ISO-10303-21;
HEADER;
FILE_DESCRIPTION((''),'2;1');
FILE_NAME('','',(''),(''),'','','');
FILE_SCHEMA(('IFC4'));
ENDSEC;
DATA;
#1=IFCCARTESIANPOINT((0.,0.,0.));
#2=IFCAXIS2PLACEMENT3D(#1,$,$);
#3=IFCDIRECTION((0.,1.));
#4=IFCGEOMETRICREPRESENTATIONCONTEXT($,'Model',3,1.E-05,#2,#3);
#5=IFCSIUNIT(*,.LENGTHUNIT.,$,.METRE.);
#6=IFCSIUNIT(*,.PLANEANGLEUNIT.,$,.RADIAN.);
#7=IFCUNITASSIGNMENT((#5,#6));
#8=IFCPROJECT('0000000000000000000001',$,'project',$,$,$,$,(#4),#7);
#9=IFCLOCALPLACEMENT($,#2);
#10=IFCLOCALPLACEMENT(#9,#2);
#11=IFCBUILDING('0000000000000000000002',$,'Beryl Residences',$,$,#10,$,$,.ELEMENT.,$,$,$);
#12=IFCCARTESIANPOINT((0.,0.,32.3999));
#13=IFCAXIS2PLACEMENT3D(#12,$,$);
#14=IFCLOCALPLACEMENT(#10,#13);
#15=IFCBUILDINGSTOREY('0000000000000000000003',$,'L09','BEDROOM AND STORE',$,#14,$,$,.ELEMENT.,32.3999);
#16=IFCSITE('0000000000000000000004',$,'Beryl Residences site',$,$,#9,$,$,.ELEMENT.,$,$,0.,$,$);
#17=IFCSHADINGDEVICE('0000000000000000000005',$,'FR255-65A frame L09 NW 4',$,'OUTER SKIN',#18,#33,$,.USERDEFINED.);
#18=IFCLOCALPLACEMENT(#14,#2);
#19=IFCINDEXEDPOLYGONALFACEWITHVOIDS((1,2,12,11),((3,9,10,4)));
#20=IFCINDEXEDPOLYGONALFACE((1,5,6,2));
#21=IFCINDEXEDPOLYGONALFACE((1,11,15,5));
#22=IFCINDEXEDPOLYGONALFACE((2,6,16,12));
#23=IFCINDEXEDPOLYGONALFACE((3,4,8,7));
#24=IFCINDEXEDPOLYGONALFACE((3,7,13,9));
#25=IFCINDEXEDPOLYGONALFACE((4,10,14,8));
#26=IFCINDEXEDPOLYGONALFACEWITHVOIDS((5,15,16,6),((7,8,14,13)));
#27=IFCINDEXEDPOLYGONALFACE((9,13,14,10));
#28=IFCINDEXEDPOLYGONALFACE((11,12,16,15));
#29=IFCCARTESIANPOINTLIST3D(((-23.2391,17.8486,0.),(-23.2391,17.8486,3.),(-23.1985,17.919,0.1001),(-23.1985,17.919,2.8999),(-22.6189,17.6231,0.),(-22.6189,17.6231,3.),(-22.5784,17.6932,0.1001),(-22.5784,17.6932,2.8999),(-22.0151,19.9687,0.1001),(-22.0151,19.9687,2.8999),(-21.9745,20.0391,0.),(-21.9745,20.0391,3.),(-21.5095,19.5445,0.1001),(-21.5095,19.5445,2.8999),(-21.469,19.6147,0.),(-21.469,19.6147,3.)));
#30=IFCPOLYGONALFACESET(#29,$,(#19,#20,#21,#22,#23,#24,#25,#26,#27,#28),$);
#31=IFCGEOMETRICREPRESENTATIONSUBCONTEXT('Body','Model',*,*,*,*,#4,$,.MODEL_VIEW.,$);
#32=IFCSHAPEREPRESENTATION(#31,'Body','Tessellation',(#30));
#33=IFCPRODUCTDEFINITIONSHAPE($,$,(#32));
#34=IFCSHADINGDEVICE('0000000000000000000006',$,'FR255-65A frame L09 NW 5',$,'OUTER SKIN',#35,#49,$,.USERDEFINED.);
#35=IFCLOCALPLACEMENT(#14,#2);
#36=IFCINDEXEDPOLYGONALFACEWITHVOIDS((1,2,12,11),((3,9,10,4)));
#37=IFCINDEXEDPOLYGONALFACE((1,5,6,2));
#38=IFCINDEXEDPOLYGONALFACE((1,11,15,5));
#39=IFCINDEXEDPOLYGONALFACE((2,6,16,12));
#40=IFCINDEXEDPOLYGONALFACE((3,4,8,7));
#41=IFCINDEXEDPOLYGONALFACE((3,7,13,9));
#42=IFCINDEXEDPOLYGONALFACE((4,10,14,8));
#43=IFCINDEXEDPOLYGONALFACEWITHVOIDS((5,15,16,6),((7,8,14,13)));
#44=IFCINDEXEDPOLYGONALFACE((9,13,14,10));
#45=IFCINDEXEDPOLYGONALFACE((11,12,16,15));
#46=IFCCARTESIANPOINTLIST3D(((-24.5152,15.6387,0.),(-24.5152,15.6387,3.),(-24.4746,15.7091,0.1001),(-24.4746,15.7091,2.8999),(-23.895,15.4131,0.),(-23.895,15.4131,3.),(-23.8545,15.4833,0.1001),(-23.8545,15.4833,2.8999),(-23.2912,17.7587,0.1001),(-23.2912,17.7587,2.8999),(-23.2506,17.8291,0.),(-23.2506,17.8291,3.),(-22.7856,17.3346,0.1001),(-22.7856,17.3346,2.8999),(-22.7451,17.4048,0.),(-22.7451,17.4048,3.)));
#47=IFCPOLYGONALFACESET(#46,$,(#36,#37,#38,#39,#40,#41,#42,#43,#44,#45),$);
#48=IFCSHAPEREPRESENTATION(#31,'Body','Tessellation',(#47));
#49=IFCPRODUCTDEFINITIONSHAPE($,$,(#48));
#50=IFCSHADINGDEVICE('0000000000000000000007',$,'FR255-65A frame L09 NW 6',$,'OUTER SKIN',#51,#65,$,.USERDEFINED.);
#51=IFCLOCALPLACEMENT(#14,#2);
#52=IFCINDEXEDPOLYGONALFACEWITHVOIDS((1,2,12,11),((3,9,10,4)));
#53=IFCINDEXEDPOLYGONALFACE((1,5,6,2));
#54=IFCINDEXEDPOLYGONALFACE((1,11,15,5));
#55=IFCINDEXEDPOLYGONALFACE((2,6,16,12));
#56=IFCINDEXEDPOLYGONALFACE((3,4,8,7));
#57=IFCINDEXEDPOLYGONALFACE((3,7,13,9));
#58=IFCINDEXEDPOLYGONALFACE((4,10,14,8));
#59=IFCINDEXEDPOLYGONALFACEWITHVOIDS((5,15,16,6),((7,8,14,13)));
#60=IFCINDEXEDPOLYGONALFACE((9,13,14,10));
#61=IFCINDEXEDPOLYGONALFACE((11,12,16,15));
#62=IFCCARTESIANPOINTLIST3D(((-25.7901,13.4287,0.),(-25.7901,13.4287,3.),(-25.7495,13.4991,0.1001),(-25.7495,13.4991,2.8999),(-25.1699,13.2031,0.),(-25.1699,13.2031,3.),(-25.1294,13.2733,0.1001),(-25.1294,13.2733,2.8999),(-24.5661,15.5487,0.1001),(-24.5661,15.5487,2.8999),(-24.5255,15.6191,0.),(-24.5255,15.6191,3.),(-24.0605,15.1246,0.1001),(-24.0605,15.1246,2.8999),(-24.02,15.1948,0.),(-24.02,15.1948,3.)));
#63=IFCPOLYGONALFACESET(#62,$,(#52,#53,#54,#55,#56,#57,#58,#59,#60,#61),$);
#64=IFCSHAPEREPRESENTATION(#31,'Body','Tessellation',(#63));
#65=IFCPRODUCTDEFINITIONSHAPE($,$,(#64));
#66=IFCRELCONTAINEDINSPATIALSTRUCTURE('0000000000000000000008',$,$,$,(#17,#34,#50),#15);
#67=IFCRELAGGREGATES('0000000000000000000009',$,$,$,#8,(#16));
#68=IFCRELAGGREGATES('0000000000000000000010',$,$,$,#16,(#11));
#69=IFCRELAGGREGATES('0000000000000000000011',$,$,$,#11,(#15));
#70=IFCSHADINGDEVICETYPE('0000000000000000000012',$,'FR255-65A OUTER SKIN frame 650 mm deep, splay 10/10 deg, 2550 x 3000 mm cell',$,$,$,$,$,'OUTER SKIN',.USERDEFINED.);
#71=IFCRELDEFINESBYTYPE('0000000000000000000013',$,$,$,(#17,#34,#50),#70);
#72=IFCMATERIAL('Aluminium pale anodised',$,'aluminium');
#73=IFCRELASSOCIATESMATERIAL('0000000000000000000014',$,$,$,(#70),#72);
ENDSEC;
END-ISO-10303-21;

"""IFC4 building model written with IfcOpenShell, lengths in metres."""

from ifc_helpers import new_model, entity, si_unit, direction, frame, origin, place, context, subcontext, project, spatial, source, transform, mapped, material, type_object, type_shapes, element, save


model = new_model("IFC4")

# Units and contexts
model_context = context("Model", 3, precision=1e-05, world=origin(), true_north=direction((0.0, 1.0)))
body_context = subcontext(model_context, "Body", "Model", "MODEL_VIEW")
ifc_project = project(units=[si_unit("LENGTHUNIT", "METRE"), si_unit("PLANEANGLEUNIT", "RADIAN")], contexts=[model_context])

# Site, building, storey
site_placement = place(None, origin())
site = spatial("IfcSite", under=ifc_project, at=site_placement, Name="Beryl Residences site", CompositionType="ELEMENT", RefElevation=0.0)
building_placement = place(site_placement, origin())
building = spatial("IfcBuilding", under=site, at=building_placement, Name="Beryl Residences", CompositionType="ELEMENT")
storey_placement = place(building_placement, frame((0.0, 0.0, 32.3999)))
storey = spatial("IfcBuildingStorey", under=building, at=storey_placement, Name="L09", Description="BEDROOM AND STORE", CompositionType="ELEMENT", Elevation=32.3999)

# Shading devices
ifc_material_1 = material(Name="Aluminium pale anodised", Category="aluminium")
shading_device_type = type_object("IfcShadingDeviceType", Name="FR255-65A OUTER SKIN frame 650 mm deep, splay 10/10 deg, 2550 x 3000 mm cell", ElementType="OUTER SKIN", PredefinedType="USERDEFINED", material=ifc_material_1)
cartesian_point_1 = entity("IfcCartesianPoint", [-1.1499, 0.0])
cartesian_point_2 = entity("IfcCartesianPoint", [-1.0688, 0.1001])
cartesian_point_3 = entity("IfcCartesianPoint", [-1.2646, 0.0])
cartesian_point_4 = entity("IfcCartesianPoint", [-1.1833, 0.1001])
shared_shape = source(origin(), body_context, "Body", "SweptSolid", [
    entity("IfcExtrudedAreaSolidTapered", entity("IfcArbitraryProfileDefWithVoids", "AREA", None, entity("IfcPolyline", [cartesian_point_1, entity("IfcCartesianPoint", [1.1499, 0.0]), entity("IfcCartesianPoint", [1.1499, 3.0]), entity("IfcCartesianPoint", [-1.1499, 3.0]), cartesian_point_1]), [entity("IfcPolyline", [cartesian_point_2, entity("IfcCartesianPoint", [1.0688, 0.1001]), entity("IfcCartesianPoint", [1.0688, 2.8999]), entity("IfcCartesianPoint", [-1.0688, 2.8999]), cartesian_point_2])]), entity("IfcAxis2Placement3D", entity("IfcCartesianPoint", [0.0, 0.0, 0.0]), entity("IfcDirection", [0.0, 1.0, 0.0]), entity("IfcDirection", [-1.0, 0.0, 0.0])), entity("IfcDirection", [0.0, 0.0, 1.0]), 0.6499, entity("IfcArbitraryProfileDefWithVoids", "AREA", None, entity("IfcPolyline", [cartesian_point_3, entity("IfcCartesianPoint", [1.2646, 0.0]), entity("IfcCartesianPoint", [1.2646, 3.0]), entity("IfcCartesianPoint", [-1.2646, 3.0]), cartesian_point_3]), [entity("IfcPolyline", [cartesian_point_4, entity("IfcCartesianPoint", [1.1833, 0.1001]), entity("IfcCartesianPoint", [1.1833, 2.8999]), entity("IfcCartesianPoint", [-1.1833, 2.8999]), cartesian_point_4])])),
])
type_shapes(shading_device_type, [shared_shape])
for number, where, z_axis, x_axis, name in (
    (1, (-22.0439, 18.6189, 0.0), (0.0, 0.0, 1.0), (0.5, 0.866025, 0.0), "FR255-65A frame L09 NW 4"),
    (2, (-23.3201, 16.4089, 0.0), (0.0, 0.0, 1.0), (0.5, 0.866025, 0.0), "FR255-65A frame L09 NW 5"),
    (3, (-24.595, 14.199, 0.0), (0.0, 0.0, 1.0), (0.5, 0.866025, 0.0), "FR255-65A frame L09 NW 6"),
):
    element("IfcShadingDevice", number, at=place(storey_placement, frame(where, z_axis=z_axis, x_axis=x_axis)), inside=storey, type_object=shading_device_type, Name=name, ObjectType="OUTER SKIN", PredefinedType="USERDEFINED", context=body_context, shape_type="MappedRepresentation", body=[
        mapped(shared_shape, transform((0.0, 0.0, 0.0))),
    ])

save(model, "model.ifc")
